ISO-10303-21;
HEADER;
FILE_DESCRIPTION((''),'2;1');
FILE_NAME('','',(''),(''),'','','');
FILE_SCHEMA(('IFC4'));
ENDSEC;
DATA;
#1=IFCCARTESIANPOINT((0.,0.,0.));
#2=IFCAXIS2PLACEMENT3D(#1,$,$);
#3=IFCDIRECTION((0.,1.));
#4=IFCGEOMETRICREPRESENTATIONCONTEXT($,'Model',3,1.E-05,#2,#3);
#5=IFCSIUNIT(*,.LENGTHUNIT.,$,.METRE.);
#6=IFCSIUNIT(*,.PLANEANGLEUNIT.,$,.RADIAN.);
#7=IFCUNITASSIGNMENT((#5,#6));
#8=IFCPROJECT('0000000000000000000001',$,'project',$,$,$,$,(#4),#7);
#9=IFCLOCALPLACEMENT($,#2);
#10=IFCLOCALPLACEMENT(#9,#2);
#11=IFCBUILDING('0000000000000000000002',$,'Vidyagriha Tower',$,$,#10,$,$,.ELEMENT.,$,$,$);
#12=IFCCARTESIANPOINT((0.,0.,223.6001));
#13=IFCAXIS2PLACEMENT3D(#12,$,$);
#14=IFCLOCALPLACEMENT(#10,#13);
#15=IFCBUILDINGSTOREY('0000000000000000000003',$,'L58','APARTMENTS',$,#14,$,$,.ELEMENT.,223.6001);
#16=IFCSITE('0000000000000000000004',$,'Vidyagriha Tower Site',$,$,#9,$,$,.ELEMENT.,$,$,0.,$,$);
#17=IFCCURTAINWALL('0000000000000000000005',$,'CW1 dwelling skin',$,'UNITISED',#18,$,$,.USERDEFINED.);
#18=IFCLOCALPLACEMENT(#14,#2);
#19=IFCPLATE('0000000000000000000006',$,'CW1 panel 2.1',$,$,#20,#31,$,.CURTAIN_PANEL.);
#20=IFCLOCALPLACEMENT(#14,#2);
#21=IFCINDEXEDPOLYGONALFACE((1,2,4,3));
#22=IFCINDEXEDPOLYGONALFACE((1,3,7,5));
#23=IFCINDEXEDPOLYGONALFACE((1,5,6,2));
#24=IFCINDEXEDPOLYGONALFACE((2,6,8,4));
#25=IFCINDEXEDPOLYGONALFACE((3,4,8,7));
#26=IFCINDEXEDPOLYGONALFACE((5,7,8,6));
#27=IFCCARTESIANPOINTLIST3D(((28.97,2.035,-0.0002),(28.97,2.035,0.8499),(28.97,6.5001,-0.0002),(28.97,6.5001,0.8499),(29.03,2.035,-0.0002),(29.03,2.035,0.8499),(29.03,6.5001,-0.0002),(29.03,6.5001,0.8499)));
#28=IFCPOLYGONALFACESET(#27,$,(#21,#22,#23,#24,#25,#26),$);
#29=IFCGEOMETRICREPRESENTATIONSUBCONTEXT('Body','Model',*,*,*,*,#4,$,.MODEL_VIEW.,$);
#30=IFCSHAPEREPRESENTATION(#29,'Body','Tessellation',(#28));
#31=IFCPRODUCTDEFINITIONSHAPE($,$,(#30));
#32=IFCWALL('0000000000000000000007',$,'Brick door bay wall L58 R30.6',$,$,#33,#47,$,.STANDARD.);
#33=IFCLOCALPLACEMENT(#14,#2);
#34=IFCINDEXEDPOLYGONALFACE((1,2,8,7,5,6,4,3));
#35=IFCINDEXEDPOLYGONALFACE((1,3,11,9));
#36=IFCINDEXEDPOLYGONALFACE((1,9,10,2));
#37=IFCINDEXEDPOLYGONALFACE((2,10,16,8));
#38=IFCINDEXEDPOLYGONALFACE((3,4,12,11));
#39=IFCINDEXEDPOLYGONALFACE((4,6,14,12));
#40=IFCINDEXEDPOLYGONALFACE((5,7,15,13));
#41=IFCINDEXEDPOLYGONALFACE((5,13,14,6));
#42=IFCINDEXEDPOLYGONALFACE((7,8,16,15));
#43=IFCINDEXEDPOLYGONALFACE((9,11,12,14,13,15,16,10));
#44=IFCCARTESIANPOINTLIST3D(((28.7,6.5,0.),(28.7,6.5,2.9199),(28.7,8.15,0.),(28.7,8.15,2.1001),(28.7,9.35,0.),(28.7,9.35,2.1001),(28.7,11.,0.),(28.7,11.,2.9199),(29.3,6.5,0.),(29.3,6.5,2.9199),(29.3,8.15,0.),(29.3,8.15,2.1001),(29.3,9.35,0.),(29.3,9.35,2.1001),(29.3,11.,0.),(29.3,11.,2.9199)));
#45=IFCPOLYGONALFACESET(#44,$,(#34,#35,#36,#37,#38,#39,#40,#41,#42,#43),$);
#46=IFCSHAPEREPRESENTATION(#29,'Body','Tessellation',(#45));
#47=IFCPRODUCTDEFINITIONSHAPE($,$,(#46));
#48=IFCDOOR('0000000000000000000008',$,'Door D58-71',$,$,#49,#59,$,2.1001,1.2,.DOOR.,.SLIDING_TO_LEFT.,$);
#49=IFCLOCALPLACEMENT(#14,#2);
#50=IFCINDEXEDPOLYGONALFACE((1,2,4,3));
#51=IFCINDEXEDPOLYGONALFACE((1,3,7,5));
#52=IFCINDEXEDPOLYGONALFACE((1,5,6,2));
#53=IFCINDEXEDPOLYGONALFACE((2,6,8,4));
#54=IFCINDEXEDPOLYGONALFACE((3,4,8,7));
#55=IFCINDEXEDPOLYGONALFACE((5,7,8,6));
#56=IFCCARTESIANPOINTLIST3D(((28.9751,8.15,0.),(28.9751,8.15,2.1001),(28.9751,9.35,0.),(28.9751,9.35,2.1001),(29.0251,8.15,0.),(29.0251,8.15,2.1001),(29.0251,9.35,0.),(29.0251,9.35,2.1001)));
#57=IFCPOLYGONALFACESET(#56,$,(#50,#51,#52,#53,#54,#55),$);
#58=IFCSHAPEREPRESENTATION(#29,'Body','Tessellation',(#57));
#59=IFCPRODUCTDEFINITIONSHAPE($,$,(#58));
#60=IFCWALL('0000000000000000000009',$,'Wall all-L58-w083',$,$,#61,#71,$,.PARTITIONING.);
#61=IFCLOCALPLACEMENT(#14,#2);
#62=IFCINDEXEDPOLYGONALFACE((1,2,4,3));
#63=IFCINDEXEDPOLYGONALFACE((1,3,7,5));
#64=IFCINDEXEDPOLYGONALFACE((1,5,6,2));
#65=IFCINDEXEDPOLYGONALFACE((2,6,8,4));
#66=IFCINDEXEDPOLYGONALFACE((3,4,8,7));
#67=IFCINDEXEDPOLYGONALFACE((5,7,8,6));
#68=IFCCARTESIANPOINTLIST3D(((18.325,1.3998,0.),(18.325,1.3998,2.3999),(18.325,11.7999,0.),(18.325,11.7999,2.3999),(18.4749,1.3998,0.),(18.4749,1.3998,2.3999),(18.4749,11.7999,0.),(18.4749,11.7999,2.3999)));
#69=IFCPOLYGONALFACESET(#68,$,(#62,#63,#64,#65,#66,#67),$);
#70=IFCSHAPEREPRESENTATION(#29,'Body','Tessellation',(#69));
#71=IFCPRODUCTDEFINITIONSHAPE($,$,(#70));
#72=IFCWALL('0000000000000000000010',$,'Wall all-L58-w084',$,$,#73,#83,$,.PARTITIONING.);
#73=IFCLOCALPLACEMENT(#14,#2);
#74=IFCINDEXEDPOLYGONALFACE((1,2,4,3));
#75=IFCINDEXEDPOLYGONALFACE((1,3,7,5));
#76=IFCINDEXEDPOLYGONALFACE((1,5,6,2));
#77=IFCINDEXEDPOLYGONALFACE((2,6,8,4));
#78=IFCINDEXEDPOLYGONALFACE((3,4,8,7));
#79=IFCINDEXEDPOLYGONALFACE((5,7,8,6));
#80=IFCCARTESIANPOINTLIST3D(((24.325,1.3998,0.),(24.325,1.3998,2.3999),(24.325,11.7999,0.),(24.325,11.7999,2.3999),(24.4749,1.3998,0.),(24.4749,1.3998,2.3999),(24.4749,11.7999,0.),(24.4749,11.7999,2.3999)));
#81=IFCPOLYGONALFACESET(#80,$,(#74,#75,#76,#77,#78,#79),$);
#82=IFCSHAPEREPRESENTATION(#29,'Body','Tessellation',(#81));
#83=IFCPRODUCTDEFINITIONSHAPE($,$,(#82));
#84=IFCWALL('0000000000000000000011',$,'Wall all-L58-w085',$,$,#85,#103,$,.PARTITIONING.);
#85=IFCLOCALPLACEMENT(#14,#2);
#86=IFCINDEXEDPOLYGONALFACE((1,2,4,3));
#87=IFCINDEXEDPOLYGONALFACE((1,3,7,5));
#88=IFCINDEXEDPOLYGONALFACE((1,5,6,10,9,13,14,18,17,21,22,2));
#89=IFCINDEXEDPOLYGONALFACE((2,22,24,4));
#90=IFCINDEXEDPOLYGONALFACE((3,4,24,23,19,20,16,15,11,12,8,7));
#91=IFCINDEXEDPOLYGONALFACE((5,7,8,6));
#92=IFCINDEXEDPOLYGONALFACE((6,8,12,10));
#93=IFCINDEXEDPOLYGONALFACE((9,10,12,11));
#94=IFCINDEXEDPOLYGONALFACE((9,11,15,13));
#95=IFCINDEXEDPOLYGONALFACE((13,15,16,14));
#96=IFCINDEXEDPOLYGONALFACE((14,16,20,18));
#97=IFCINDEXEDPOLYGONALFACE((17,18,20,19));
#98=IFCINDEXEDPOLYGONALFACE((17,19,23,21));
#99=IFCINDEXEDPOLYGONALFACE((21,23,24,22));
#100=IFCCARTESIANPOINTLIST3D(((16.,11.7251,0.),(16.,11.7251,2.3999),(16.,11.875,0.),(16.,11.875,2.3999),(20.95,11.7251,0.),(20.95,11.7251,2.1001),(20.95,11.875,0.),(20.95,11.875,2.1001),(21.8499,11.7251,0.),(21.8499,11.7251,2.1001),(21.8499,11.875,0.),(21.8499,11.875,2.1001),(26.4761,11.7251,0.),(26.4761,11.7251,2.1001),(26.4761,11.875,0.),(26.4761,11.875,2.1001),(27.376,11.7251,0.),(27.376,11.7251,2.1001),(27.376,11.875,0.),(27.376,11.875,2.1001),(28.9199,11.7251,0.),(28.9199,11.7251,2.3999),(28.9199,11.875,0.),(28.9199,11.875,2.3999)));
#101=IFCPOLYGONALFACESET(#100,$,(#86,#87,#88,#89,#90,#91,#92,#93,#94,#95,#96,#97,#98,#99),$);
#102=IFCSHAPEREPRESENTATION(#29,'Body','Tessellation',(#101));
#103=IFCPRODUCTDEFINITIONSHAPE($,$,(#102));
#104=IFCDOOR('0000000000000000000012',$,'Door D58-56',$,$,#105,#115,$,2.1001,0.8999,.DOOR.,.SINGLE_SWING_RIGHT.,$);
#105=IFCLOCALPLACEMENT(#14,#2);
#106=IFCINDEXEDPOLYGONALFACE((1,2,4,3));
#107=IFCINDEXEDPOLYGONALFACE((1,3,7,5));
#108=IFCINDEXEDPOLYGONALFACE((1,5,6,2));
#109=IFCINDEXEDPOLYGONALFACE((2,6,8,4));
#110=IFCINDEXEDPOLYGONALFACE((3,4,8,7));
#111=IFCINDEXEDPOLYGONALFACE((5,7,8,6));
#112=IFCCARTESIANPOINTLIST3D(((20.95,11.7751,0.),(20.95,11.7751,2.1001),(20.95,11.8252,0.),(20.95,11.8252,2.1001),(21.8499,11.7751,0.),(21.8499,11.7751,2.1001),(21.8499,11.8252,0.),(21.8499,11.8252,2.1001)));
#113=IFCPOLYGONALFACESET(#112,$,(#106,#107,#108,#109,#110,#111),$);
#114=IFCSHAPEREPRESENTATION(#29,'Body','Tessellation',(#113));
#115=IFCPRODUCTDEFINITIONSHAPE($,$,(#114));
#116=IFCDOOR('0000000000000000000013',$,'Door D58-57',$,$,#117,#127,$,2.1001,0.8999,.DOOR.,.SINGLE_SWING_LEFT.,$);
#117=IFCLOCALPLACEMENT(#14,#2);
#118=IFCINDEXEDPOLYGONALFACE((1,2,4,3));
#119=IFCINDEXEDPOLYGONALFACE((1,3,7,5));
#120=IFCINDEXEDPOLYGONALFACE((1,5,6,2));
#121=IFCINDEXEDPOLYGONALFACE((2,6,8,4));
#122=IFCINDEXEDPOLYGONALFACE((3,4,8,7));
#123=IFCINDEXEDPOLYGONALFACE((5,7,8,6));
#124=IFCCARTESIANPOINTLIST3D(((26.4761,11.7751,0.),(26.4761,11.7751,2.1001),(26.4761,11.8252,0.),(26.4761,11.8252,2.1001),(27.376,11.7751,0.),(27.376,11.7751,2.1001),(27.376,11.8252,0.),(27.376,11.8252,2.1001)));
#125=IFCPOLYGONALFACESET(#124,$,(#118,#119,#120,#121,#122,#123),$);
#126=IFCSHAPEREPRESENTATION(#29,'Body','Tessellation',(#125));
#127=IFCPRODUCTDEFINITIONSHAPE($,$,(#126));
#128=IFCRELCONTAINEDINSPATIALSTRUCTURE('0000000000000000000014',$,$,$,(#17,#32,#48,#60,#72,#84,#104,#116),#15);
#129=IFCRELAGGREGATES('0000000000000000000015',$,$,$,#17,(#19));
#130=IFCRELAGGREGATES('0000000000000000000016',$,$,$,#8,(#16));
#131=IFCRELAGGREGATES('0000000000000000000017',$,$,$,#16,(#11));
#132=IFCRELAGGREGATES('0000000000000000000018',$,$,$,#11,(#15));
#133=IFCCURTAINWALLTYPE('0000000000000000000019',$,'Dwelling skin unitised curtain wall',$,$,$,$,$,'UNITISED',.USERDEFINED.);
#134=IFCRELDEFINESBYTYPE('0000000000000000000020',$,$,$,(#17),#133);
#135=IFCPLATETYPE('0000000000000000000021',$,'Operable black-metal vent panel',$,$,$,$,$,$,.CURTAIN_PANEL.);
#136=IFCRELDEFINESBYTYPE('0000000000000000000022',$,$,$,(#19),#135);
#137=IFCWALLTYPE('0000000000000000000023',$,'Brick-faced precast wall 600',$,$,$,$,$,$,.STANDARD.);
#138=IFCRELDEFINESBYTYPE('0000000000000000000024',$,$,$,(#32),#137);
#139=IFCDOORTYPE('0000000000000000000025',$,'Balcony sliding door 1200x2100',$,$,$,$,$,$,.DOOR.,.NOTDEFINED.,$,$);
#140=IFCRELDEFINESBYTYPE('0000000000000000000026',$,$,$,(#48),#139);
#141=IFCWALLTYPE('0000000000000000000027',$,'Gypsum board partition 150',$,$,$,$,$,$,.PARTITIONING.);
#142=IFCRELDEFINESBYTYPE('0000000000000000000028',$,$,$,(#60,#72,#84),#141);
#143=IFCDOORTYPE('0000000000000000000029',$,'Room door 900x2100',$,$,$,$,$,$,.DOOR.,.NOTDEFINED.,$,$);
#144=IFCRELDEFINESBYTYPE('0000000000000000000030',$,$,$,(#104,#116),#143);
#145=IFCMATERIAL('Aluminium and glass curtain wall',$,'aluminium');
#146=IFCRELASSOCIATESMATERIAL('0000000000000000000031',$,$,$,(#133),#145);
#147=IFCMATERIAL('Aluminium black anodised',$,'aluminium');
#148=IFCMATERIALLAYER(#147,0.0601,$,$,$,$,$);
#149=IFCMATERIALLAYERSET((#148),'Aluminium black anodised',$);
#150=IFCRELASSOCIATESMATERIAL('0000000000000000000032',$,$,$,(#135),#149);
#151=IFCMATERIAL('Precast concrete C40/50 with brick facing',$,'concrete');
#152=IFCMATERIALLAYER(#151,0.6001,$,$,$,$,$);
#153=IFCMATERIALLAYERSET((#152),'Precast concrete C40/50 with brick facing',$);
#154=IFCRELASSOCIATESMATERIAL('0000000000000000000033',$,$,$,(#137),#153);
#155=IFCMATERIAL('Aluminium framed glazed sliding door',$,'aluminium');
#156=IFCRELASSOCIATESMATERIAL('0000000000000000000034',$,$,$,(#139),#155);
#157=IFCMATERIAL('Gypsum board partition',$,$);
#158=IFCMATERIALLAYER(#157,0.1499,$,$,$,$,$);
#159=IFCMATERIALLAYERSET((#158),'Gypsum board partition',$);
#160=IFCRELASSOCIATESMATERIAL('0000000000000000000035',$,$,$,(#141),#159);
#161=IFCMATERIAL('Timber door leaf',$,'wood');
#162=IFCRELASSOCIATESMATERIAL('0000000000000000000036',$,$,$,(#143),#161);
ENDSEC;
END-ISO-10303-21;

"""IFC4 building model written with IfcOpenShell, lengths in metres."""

from ifc_helpers import new_model, si_unit, direction, frame, frame_2d, origin, origin_2d, place, context, subcontext, project, spatial, rectangle, extrude, material, layer, layer_set, type_object, element, fill, aggregate, save


model = new_model("IFC4")

# Units and contexts
model_context = context("Model", 3, precision=1e-05, world=origin(), true_north=direction((0.0, 1.0)))
body_context = subcontext(model_context, "Body", "Model", "MODEL_VIEW")
ifc_project = project(units=[si_unit("LENGTHUNIT", "METRE"), si_unit("PLANEANGLEUNIT", "RADIAN")], contexts=[model_context])

# Site, building, storey
site_placement = place(None, origin())
site = spatial("IfcSite", under=ifc_project, at=site_placement, Name="Vidyagriha Tower Site", CompositionType="ELEMENT", RefElevation=0.0)
building_placement = place(site_placement, origin())
building = spatial("IfcBuilding", under=site, at=building_placement, Name="Vidyagriha Tower", CompositionType="ELEMENT")
storey_placement = place(building_placement, frame((0.0, 0.0, 223.6001)))
storey = spatial("IfcBuildingStorey", under=building, at=storey_placement, Name="L58", Description="APARTMENTS", CompositionType="ELEMENT", Elevation=223.6001)

# Curtain wall
ifc_material_1 = material(Name="Aluminium and glass curtain wall", Category="aluminium")
curtain_wall_type = type_object("IfcCurtainWallType", Name="Dwelling skin unitised curtain wall", ElementType="UNITISED", PredefinedType="USERDEFINED", material=ifc_material_1)
curtain_wall_1_placement = place(storey_placement, origin())
curtain_wall_1 = element("IfcCurtainWall", 1, at=curtain_wall_1_placement, inside=storey, type_object=curtain_wall_type, Name="CW1 dwelling skin", ObjectType="UNITISED", PredefinedType="USERDEFINED")

# Plate
ifc_material_2 = material(Name="Aluminium black anodised", Category="aluminium")
ifc_layer_1 = layer(ifc_material_2, 0.0601)
ifc_layer_set_1 = layer_set([ifc_layer_1], Name="Aluminium black anodised")
plate_type_1 = type_object("IfcPlateType", Name="Operable black-metal vent panel", PredefinedType="CURTAIN_PANEL", material=ifc_layer_set_1)
plate_1_placement = place(storey_placement, frame((29.0, 4.2676, -0.0002), z_axis=(0.0, 0.0, 1.0), x_axis=(0.0, 1.0, 0.0)))
plate_1 = element("IfcPlate", 2, at=plate_1_placement, type_object=plate_type_1, Name="CW1 panel 2.1", PredefinedType="CURTAIN_PANEL", context=body_context, shape_type="SweptSolid", body=[
    extrude(rectangle(XDim=4.4651, YDim=0.0601, at=origin_2d()), origin(), (0.0, 0.0, 1.0), 0.8501),
])
aggregate(curtain_wall_1, [plate_1])

# Wall, opening, door
ifc_material_3 = material(Name="Precast concrete C40/50 with brick facing", Category="concrete")
ifc_layer_2 = layer(ifc_material_3, 0.6001)
ifc_layer_set_2 = layer_set([ifc_layer_2], Name="Precast concrete C40/50 with brick facing")
wall_type_1 = type_object("IfcWallType", Name="Brick-faced precast wall 600", PredefinedType="STANDARD", material=ifc_layer_set_2)
wall_1_placement = place(storey_placement, frame((29.0, 6.5, 0.0), z_axis=(0.0, 0.0, 1.0), x_axis=(0.0, 1.0, 0.0)))
wall_1 = element("IfcWall", 3, at=wall_1_placement, inside=storey, type_object=wall_type_1, Name="Brick door bay wall L58 R30.6", PredefinedType="STANDARD", context=body_context, shape_type="SweptSolid", body=[
    extrude(rectangle(XDim=4.5, YDim=0.6001, at=frame_2d((2.25, 0.0))), origin(), (0.0, 0.0, 1.0), 2.9199),
])
opening_1_placement = place(wall_1_placement, frame((1.6499, 0.0, 0.0)))
opening_1 = element("IfcOpeningElement", 4, at=opening_1_placement, cuts=wall_1, PredefinedType="OPENING", context=body_context, shape_type="SweptSolid", body=[
    extrude(rectangle(XDim=1.2, YDim=2.1001, at=frame_2d((0.6001, 1.05))), frame((0.0, 0.3101, 0.0), z_axis=(0.0, -1.0, 0.0), x_axis=(1.0, 0.0, 0.0)), (0.0, 0.0, 1.0), 0.6201),
])
ifc_material_4 = material(Name="Aluminium framed glazed sliding door", Category="aluminium")
door_type_1 = type_object("IfcDoorType", Name="Balcony sliding door 1200x2100", OperationType="NOTDEFINED", PredefinedType="DOOR", material=ifc_material_4)
door_1_placement = place(opening_1_placement, origin())
door_1 = element("IfcDoor", 5, at=door_1_placement, inside=storey, type_object=door_type_1, Name="Door D58-71", OperationType="SLIDING_TO_LEFT", OverallHeight=2.1001, OverallWidth=1.2, PredefinedType="DOOR", context=body_context, shape_type="SweptSolid", body=[
    extrude(rectangle(XDim=1.2, YDim=2.1001, at=frame_2d((0.6001, 1.05))), frame((0.0, 0.0249, 0.0), z_axis=(0.0, -1.0, 0.0), x_axis=(1.0, 0.0, 0.0)), (0.0, 0.0, 1.0), 0.05),
])
fill(opening_1, door_1)

# Walls
ifc_material_5 = material(Name="Gypsum board partition")
ifc_layer_3 = layer(ifc_material_5, 0.1499)
ifc_layer_set_3 = layer_set([ifc_layer_3], Name="Gypsum board partition")
wall_type_2 = type_object("IfcWallType", Name="Gypsum board partition 150", PredefinedType="PARTITIONING", material=ifc_layer_set_3)
for number, where, z_axis, x_axis, name in (
    (6, (18.3999, 11.8, 0.0), (0.0, 0.0, 1.0), (0.0, -1.0, 0.0), "Wall all-L58-w083"),
    (7, (24.3999, 11.8, 0.0), (0.0, 0.0, 1.0), (0.0, -1.0, 0.0), "Wall all-L58-w084"),
):
    element("IfcWall", number, at=place(storey_placement, frame(where, z_axis=z_axis, x_axis=x_axis)), inside=storey, type_object=wall_type_2, Name=name, PredefinedType="PARTITIONING", context=body_context, shape_type="SweptSolid", body=[
        extrude(rectangle(XDim=10.4001, YDim=0.1499, at=frame_2d((5.2002, 0.0))), origin(), (0.0, 0.0, 1.0), 2.3999),
    ])

# Wall, openings, doors
wall_2_placement = place(storey_placement, frame((28.9199, 11.8, 0.0), z_axis=(0.0, 0.0, 1.0), x_axis=(-1.0, 0.0, 0.0)))
wall_2 = element("IfcWall", 8, at=wall_2_placement, inside=storey, type_object=wall_type_2, Name="Wall all-L58-w085", PredefinedType="PARTITIONING", context=body_context, shape_type="SweptSolid", body=[
    extrude(rectangle(XDim=12.9199, YDim=0.1499, at=frame_2d((6.46, 0.0))), origin(), (0.0, 0.0, 1.0), 2.3999),
])
opening_2_placement = place(wall_2_placement, frame((7.0701, 0.0, 0.0)))
opening_2 = element("IfcOpeningElement", 9, at=opening_2_placement, cuts=wall_2, PredefinedType="OPENING", context=body_context, shape_type="SweptSolid", body=[
    extrude(rectangle(XDim=0.8999, YDim=2.1001, at=frame_2d((0.45, 1.05))), frame((0.0, 0.085, 0.0), z_axis=(0.0, -1.0, 0.0), x_axis=(1.0, 0.0, 0.0)), (0.0, 0.0, 1.0), 0.1699),
])
opening_3_placement = place(wall_2_placement, frame((1.5439, 0.0, 0.0)))
opening_3 = element("IfcOpeningElement", 10, at=opening_3_placement, cuts=wall_2, PredefinedType="OPENING", context=body_context, shape_type="SweptSolid", body=[
    extrude(rectangle(XDim=0.8999, YDim=2.1001, at=frame_2d((0.45, 1.05))), frame((0.0, 0.085, 0.0), z_axis=(0.0, -1.0, 0.0), x_axis=(1.0, 0.0, 0.0)), (0.0, 0.0, 1.0), 0.1699),
])
ifc_material_6 = material(Name="Timber door leaf", Category="wood")
door_type_2 = type_object("IfcDoorType", Name="Room door 900x2100", OperationType="NOTDEFINED", PredefinedType="DOOR", material=ifc_material_6)
door_2_placement = place(opening_2_placement, origin())
door_2 = element("IfcDoor", 11, at=door_2_placement, inside=storey, type_object=door_type_2, Name="Door D58-56", OperationType="SINGLE_SWING_RIGHT", OverallHeight=2.1001, OverallWidth=0.8999, PredefinedType="DOOR", context=body_context, shape_type="SweptSolid", body=[
    extrude(rectangle(XDim=0.8999, YDim=2.1001, at=frame_2d((0.45, 1.05))), frame((0.0, 0.0249, 0.0), z_axis=(0.0, -1.0, 0.0), x_axis=(1.0, 0.0, 0.0)), (0.0, 0.0, 1.0), 0.05),
])
fill(opening_2, door_2)
door_3_placement = place(opening_3_placement, origin())
door_3 = element("IfcDoor", 12, at=door_3_placement, inside=storey, type_object=door_type_2, Name="Door D58-57", OperationType="SINGLE_SWING_LEFT", OverallHeight=2.1001, OverallWidth=0.8999, PredefinedType="DOOR", context=body_context, shape_type="SweptSolid", body=[
    extrude(rectangle(XDim=0.8999, YDim=2.1001, at=frame_2d((0.45, 1.05))), frame((0.0, 0.0249, 0.0), z_axis=(0.0, -1.0, 0.0), x_axis=(1.0, 0.0, 0.0)), (0.0, 0.0, 1.0), 0.05),
])
fill(opening_3, door_3)

save(model, "model.ifc")
